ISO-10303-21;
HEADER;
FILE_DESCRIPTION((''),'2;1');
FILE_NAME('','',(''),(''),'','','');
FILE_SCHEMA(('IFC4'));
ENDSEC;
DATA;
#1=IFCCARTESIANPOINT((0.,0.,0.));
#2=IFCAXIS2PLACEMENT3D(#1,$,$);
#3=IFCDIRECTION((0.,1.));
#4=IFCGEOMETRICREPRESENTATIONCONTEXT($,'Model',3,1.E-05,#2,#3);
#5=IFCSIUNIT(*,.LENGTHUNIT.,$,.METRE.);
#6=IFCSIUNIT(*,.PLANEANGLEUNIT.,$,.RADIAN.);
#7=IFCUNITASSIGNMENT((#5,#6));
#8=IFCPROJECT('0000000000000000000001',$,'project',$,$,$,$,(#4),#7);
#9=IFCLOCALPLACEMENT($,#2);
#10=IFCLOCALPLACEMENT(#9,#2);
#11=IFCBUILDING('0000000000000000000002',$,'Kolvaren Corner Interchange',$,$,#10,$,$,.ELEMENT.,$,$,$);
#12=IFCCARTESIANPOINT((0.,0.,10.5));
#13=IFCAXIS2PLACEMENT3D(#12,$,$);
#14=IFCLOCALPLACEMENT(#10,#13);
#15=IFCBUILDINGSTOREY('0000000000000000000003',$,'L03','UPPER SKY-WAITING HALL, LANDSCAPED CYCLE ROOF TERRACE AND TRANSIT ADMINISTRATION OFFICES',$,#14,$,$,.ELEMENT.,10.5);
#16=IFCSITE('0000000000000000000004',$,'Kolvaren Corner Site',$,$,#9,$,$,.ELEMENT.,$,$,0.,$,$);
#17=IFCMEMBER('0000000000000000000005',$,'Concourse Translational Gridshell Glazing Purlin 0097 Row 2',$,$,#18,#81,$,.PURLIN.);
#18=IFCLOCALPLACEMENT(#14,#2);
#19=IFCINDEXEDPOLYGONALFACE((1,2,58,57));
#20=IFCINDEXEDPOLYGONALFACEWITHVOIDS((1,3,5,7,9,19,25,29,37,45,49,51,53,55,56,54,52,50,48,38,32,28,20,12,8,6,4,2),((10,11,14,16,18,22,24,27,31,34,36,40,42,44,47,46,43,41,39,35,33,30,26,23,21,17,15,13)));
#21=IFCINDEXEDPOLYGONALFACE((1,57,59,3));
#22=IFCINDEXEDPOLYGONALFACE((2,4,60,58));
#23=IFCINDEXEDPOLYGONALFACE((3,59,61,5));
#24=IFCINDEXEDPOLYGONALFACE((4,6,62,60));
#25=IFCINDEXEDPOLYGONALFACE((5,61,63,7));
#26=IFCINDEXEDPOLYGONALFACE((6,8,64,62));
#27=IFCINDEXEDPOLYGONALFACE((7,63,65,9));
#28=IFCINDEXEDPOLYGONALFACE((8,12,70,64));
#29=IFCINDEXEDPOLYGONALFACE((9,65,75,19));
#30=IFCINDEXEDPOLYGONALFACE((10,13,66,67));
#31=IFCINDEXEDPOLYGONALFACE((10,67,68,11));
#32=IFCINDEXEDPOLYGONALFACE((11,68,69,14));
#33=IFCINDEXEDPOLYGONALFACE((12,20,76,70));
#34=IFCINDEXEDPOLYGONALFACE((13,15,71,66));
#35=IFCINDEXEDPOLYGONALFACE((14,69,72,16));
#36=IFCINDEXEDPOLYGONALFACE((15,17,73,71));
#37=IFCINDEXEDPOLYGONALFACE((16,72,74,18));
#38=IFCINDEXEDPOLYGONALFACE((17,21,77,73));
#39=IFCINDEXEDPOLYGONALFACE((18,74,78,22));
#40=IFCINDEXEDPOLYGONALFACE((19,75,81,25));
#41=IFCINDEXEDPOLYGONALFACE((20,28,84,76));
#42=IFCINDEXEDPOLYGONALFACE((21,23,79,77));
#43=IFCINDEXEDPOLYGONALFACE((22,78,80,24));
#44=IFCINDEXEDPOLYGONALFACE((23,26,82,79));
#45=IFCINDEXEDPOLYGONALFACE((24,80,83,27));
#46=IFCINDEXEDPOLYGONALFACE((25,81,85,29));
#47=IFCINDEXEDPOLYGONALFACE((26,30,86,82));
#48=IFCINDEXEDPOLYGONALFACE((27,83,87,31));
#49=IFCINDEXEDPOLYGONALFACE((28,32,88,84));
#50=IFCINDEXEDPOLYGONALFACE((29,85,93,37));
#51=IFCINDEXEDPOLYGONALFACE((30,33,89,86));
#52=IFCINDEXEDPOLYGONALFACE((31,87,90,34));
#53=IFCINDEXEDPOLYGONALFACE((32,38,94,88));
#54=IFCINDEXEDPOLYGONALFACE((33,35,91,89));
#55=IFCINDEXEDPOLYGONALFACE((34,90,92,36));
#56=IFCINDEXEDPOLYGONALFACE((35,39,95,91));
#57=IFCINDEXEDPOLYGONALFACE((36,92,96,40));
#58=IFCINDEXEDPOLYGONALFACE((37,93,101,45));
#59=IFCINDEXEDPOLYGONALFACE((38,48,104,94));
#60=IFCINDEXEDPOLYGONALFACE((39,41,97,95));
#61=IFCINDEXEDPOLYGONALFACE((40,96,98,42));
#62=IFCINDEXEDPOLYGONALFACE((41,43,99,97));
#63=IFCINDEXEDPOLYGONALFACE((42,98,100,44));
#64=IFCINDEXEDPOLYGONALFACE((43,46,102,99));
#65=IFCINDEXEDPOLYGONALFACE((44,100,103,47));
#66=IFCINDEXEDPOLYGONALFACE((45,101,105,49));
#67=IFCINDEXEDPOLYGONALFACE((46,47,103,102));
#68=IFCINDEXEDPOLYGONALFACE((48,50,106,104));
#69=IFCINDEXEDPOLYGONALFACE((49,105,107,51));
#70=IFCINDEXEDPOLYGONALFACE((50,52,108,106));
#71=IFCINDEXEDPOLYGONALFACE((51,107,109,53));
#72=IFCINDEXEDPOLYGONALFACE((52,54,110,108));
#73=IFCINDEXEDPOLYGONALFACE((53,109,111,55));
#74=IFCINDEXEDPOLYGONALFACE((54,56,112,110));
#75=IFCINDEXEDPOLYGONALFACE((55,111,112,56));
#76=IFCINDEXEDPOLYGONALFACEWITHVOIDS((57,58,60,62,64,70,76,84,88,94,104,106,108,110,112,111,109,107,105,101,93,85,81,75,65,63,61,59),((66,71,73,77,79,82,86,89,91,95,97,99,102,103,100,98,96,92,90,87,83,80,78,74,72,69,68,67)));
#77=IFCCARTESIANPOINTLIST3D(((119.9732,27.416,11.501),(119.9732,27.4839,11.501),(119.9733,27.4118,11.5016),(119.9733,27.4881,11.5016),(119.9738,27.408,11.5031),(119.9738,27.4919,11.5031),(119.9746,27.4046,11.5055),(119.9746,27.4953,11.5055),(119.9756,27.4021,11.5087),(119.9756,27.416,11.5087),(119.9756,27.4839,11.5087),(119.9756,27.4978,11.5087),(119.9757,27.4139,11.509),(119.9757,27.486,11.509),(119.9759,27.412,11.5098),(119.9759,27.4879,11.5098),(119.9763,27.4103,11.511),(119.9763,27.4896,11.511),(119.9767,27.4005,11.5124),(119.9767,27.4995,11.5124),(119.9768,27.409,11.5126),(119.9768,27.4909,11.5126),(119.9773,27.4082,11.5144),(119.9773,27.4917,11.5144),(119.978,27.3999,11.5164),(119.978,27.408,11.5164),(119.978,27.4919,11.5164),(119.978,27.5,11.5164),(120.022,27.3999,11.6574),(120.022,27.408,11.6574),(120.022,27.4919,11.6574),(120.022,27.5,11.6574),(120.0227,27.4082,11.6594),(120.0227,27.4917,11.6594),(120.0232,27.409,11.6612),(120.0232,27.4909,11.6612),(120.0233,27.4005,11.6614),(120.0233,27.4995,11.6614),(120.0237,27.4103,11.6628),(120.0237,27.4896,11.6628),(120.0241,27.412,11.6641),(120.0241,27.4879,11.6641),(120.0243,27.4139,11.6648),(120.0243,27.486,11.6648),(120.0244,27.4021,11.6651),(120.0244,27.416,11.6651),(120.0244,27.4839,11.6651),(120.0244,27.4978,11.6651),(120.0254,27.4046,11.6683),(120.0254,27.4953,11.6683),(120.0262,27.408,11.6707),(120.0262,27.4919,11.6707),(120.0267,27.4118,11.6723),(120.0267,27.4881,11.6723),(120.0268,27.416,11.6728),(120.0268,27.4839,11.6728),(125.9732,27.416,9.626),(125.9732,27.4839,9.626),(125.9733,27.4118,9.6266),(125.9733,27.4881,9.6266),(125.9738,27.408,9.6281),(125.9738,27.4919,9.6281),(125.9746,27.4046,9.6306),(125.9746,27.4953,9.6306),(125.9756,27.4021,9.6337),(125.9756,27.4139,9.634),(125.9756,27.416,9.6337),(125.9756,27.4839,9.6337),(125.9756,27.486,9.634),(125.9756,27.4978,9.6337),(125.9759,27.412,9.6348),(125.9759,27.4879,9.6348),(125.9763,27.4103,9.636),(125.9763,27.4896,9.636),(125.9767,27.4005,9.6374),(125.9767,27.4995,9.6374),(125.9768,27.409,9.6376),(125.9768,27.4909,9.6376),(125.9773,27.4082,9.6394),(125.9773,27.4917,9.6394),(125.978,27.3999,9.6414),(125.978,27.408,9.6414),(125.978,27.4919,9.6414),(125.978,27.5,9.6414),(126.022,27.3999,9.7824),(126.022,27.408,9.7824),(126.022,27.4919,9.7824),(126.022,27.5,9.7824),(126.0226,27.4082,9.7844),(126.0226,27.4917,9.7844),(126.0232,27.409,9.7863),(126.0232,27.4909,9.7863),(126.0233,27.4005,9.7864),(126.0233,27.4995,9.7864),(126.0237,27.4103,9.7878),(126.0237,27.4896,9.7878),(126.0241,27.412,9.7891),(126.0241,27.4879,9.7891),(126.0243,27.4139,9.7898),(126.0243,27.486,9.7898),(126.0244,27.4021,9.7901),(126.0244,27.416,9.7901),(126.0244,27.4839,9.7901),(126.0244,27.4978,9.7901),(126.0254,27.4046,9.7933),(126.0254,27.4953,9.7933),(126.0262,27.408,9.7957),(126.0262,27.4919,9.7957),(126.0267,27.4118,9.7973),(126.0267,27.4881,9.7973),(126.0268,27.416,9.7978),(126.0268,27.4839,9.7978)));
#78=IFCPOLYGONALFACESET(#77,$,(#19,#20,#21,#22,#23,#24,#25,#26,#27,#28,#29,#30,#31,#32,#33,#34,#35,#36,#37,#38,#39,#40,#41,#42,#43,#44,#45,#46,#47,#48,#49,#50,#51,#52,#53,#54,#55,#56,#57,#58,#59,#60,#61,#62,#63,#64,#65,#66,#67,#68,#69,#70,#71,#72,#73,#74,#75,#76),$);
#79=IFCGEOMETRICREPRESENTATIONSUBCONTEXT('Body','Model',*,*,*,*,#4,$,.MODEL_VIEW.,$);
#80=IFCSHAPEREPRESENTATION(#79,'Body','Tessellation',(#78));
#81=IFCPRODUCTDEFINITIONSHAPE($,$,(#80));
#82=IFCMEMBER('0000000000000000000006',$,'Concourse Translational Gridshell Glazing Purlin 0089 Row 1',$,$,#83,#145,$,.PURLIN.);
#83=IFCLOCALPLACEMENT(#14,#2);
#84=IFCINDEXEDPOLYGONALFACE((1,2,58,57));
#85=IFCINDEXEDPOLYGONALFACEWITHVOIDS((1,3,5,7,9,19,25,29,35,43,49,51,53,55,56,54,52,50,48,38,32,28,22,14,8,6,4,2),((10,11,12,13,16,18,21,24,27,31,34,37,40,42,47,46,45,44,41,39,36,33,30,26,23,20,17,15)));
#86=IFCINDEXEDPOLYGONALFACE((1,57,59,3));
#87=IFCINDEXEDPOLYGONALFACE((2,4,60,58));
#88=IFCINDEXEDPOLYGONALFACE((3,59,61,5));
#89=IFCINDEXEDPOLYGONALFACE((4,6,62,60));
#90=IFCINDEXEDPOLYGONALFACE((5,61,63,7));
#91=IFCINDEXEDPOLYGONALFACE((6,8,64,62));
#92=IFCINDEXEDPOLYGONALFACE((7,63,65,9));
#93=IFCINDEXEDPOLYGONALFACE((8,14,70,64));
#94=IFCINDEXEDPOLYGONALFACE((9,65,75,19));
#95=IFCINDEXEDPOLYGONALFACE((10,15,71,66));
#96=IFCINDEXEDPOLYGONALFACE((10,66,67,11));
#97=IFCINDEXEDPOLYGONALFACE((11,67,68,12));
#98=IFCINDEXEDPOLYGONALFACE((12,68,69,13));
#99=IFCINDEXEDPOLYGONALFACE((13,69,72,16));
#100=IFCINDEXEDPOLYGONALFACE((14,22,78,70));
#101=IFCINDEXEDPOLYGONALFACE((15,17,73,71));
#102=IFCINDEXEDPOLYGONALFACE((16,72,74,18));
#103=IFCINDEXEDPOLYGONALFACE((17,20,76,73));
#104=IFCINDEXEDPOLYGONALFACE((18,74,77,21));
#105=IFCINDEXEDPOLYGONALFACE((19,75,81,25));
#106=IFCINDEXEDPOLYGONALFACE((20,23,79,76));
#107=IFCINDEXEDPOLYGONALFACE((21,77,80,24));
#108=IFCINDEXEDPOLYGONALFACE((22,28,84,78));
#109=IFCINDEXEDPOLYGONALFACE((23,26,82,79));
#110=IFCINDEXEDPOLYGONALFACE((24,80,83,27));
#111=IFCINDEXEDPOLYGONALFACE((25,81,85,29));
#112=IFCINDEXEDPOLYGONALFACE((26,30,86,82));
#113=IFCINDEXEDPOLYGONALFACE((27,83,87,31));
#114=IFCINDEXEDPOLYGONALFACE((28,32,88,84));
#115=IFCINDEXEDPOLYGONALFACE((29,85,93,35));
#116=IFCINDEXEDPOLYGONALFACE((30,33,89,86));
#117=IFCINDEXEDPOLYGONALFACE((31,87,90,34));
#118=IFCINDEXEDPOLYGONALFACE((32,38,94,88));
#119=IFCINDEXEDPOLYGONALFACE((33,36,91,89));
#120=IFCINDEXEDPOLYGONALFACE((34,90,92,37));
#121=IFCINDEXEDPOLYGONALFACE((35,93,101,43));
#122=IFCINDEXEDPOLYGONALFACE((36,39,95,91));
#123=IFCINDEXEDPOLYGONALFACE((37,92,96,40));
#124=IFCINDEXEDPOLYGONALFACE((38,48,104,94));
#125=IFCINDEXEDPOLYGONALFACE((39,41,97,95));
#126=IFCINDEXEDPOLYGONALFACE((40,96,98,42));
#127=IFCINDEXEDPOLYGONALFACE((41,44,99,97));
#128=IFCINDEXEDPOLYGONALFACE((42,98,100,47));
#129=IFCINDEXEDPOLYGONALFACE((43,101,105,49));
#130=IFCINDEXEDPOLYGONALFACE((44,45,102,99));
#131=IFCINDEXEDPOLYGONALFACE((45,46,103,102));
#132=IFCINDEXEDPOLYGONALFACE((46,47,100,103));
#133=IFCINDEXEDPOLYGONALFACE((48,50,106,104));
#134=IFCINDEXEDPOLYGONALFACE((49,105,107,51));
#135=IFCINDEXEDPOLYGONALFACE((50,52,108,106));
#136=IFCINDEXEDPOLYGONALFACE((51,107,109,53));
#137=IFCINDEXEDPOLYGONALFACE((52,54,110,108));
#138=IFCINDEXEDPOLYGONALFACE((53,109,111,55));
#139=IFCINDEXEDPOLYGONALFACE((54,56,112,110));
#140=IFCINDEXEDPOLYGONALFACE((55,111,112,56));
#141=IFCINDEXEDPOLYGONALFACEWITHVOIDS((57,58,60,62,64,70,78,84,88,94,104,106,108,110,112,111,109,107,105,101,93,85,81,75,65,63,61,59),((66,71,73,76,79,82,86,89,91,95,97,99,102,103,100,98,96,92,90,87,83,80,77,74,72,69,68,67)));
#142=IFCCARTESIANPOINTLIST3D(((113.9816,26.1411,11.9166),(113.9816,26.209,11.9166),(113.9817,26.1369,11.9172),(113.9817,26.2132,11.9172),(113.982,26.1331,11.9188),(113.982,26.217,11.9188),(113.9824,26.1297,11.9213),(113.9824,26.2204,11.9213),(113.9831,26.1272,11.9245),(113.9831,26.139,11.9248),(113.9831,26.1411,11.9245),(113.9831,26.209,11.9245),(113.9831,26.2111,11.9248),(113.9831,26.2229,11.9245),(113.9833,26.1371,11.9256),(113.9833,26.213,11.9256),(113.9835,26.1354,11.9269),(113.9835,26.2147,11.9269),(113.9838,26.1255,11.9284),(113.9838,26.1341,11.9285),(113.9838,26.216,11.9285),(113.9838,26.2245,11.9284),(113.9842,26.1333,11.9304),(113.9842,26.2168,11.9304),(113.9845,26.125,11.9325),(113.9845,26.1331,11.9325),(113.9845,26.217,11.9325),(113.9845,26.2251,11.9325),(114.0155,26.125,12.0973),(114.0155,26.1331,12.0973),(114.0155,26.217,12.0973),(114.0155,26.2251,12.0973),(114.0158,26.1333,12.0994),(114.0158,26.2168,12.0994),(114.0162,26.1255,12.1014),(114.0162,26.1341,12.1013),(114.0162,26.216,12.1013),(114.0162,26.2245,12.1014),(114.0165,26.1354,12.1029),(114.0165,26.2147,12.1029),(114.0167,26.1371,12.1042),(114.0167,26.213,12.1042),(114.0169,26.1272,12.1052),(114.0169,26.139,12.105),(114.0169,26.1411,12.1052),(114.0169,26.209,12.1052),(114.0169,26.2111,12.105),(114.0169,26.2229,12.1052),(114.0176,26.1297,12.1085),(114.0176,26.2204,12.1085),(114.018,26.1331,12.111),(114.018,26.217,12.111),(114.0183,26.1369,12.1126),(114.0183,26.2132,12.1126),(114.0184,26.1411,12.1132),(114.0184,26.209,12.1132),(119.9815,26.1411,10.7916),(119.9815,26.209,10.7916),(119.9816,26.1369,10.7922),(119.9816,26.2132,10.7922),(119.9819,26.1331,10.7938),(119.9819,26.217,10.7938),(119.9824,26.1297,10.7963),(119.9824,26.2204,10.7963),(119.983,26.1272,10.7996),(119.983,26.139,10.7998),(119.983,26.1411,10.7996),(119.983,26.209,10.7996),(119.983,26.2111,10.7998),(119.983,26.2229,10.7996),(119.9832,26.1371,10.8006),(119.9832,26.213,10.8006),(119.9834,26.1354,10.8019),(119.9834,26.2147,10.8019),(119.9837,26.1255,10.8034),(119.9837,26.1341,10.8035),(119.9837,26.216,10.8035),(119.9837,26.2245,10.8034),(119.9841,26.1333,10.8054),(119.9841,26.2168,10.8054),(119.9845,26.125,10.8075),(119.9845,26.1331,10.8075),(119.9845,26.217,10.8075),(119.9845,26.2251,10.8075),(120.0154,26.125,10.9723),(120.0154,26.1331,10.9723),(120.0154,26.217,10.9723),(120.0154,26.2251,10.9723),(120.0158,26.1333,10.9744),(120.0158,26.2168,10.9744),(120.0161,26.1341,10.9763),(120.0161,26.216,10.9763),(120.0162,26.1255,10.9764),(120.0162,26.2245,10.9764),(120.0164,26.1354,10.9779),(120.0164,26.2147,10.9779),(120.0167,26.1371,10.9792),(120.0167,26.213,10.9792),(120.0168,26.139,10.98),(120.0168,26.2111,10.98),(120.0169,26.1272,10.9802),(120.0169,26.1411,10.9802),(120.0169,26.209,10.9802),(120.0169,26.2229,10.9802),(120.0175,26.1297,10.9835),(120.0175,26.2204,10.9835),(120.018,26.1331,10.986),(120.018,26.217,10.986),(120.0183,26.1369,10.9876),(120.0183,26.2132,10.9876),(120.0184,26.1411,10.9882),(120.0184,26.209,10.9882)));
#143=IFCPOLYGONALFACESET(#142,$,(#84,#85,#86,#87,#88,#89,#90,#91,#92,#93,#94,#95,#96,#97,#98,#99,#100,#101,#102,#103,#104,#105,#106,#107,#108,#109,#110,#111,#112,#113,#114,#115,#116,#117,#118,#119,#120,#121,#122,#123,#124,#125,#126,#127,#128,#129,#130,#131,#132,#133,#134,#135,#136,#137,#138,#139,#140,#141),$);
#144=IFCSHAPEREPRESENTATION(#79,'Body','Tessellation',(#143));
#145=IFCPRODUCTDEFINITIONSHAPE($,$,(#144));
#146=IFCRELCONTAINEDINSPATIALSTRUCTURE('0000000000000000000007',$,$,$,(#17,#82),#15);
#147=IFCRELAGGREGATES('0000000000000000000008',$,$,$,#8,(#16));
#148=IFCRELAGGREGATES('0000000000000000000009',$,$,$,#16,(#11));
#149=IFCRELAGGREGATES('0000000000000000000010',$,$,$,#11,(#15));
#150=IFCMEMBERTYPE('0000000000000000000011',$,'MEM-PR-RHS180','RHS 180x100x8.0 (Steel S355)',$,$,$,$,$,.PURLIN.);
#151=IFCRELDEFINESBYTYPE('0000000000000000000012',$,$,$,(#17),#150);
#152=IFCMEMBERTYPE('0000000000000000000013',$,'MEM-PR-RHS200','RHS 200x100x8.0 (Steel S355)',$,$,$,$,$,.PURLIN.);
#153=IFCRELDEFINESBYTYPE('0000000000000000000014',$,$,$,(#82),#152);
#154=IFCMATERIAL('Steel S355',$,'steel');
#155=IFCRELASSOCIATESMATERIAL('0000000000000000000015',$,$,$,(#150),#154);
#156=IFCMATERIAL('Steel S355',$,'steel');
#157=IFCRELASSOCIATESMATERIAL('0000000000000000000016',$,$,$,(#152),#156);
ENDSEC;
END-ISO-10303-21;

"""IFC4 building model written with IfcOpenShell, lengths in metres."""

from ifc_helpers import new_model, si_unit, direction, frame, origin, origin_2d, place, context, subcontext, project, spatial, hollow_rectangle, extrude, material, material_profile, profile_set, type_object, element, save


model = new_model("IFC4")

# Units and contexts
model_context = context("Model", 3, precision=1e-05, world=origin(), true_north=direction((0.0, 1.0)))
body_context = subcontext(model_context, "Body", "Model", "MODEL_VIEW")
ifc_project = project(units=[si_unit("LENGTHUNIT", "METRE"), si_unit("PLANEANGLEUNIT", "RADIAN")], contexts=[model_context])

# Site, building, storey
site_placement = place(None, origin())
site = spatial("IfcSite", under=ifc_project, at=site_placement, Name="Kolvaren Corner Site", CompositionType="ELEMENT", RefElevation=0.0)
building_placement = place(site_placement, origin())
building = spatial("IfcBuilding", under=site, at=building_placement, Name="Kolvaren Corner Interchange", CompositionType="ELEMENT")
storey_placement = place(building_placement, frame((0.0, 0.0, 10.5)))
storey = spatial("IfcBuildingStorey", under=building, at=storey_placement, Name="L03", Description="UPPER SKY-WAITING HALL, LANDSCAPED CYCLE ROOF TERRACE AND TRANSIT ADMINISTRATION OFFICES", CompositionType="ELEMENT", Elevation=10.5)

# Members
ifc_material_1 = material(Name="Steel S355", Category="steel")
ifc_material_profile_1 = material_profile(ifc_material_1, hollow_rectangle(XDim=0.1001, YDim=0.1799, WallThickness=0.0081, InnerFilletRadius=0.0081, OuterFilletRadius=0.0161, at=origin_2d()), Name="RHS 180x100x8.0")
ifc_profile_set_1 = profile_set([ifc_material_profile_1], Name="Steel S355")
member_type_1 = type_object("IfcMemberType", Name="MEM-PR-RHS180", Description="RHS 180x100x8.0 (Steel S355)", PredefinedType="PURLIN", material=ifc_profile_set_1)
member_1_placement = place(storey_placement, frame((120.0, 27.45, 11.5869), z_axis=(0.95448, 0.0, -0.298275), x_axis=(0.0, 1.0, 0.0)))
element("IfcMember", 1, at=member_1_placement, inside=storey, type_object=member_type_1, Name="Concourse Translational Gridshell Glazing Purlin 0097 Row 2", PredefinedType="PURLIN", context=body_context, shape_type="SweptSolid", body=[
    extrude(hollow_rectangle(XDim=0.1001, YDim=0.1799, WallThickness=0.0081, InnerFilletRadius=0.0081, OuterFilletRadius=0.0161, at=origin_2d()), origin(), (0.0, 0.0, 1.0), 6.2861),
])
ifc_material_2 = material(Name="Steel S355", Category="steel")
ifc_material_profile_2 = material_profile(ifc_material_2, hollow_rectangle(XDim=0.1001, YDim=0.2, WallThickness=0.0081, InnerFilletRadius=0.0081, OuterFilletRadius=0.0161, at=origin_2d()), Name="RHS 200x100x8.0")
ifc_profile_set_2 = profile_set([ifc_material_profile_2], Name="Steel S355")
member_type_2 = type_object("IfcMemberType", Name="MEM-PR-RHS200", Description="RHS 200x100x8.0 (Steel S355)", PredefinedType="PURLIN", material=ifc_profile_set_2)
for number, where, z_axis, x_axis, name in (
    (2, (114.0, 26.175, 12.0149), (0.982872, 0.0, -0.184289), (0.0, 1.0, 0.0), "Concourse Translational Gridshell Glazing Purlin 0089 Row 1"),
):
    element("IfcMember", number, at=place(storey_placement, frame(where, z_axis=z_axis, x_axis=x_axis)), inside=storey, type_object=member_type_2, Name=name, PredefinedType="PURLIN", context=body_context, shape_type="SweptSolid", body=[
        extrude(hollow_rectangle(XDim=0.1001, YDim=0.2, WallThickness=0.0081, InnerFilletRadius=0.0081, OuterFilletRadius=0.0161, at=origin_2d()), origin(), (0.0, 0.0, 1.0), 6.1045),
    ])

save(model, "model.ifc")
